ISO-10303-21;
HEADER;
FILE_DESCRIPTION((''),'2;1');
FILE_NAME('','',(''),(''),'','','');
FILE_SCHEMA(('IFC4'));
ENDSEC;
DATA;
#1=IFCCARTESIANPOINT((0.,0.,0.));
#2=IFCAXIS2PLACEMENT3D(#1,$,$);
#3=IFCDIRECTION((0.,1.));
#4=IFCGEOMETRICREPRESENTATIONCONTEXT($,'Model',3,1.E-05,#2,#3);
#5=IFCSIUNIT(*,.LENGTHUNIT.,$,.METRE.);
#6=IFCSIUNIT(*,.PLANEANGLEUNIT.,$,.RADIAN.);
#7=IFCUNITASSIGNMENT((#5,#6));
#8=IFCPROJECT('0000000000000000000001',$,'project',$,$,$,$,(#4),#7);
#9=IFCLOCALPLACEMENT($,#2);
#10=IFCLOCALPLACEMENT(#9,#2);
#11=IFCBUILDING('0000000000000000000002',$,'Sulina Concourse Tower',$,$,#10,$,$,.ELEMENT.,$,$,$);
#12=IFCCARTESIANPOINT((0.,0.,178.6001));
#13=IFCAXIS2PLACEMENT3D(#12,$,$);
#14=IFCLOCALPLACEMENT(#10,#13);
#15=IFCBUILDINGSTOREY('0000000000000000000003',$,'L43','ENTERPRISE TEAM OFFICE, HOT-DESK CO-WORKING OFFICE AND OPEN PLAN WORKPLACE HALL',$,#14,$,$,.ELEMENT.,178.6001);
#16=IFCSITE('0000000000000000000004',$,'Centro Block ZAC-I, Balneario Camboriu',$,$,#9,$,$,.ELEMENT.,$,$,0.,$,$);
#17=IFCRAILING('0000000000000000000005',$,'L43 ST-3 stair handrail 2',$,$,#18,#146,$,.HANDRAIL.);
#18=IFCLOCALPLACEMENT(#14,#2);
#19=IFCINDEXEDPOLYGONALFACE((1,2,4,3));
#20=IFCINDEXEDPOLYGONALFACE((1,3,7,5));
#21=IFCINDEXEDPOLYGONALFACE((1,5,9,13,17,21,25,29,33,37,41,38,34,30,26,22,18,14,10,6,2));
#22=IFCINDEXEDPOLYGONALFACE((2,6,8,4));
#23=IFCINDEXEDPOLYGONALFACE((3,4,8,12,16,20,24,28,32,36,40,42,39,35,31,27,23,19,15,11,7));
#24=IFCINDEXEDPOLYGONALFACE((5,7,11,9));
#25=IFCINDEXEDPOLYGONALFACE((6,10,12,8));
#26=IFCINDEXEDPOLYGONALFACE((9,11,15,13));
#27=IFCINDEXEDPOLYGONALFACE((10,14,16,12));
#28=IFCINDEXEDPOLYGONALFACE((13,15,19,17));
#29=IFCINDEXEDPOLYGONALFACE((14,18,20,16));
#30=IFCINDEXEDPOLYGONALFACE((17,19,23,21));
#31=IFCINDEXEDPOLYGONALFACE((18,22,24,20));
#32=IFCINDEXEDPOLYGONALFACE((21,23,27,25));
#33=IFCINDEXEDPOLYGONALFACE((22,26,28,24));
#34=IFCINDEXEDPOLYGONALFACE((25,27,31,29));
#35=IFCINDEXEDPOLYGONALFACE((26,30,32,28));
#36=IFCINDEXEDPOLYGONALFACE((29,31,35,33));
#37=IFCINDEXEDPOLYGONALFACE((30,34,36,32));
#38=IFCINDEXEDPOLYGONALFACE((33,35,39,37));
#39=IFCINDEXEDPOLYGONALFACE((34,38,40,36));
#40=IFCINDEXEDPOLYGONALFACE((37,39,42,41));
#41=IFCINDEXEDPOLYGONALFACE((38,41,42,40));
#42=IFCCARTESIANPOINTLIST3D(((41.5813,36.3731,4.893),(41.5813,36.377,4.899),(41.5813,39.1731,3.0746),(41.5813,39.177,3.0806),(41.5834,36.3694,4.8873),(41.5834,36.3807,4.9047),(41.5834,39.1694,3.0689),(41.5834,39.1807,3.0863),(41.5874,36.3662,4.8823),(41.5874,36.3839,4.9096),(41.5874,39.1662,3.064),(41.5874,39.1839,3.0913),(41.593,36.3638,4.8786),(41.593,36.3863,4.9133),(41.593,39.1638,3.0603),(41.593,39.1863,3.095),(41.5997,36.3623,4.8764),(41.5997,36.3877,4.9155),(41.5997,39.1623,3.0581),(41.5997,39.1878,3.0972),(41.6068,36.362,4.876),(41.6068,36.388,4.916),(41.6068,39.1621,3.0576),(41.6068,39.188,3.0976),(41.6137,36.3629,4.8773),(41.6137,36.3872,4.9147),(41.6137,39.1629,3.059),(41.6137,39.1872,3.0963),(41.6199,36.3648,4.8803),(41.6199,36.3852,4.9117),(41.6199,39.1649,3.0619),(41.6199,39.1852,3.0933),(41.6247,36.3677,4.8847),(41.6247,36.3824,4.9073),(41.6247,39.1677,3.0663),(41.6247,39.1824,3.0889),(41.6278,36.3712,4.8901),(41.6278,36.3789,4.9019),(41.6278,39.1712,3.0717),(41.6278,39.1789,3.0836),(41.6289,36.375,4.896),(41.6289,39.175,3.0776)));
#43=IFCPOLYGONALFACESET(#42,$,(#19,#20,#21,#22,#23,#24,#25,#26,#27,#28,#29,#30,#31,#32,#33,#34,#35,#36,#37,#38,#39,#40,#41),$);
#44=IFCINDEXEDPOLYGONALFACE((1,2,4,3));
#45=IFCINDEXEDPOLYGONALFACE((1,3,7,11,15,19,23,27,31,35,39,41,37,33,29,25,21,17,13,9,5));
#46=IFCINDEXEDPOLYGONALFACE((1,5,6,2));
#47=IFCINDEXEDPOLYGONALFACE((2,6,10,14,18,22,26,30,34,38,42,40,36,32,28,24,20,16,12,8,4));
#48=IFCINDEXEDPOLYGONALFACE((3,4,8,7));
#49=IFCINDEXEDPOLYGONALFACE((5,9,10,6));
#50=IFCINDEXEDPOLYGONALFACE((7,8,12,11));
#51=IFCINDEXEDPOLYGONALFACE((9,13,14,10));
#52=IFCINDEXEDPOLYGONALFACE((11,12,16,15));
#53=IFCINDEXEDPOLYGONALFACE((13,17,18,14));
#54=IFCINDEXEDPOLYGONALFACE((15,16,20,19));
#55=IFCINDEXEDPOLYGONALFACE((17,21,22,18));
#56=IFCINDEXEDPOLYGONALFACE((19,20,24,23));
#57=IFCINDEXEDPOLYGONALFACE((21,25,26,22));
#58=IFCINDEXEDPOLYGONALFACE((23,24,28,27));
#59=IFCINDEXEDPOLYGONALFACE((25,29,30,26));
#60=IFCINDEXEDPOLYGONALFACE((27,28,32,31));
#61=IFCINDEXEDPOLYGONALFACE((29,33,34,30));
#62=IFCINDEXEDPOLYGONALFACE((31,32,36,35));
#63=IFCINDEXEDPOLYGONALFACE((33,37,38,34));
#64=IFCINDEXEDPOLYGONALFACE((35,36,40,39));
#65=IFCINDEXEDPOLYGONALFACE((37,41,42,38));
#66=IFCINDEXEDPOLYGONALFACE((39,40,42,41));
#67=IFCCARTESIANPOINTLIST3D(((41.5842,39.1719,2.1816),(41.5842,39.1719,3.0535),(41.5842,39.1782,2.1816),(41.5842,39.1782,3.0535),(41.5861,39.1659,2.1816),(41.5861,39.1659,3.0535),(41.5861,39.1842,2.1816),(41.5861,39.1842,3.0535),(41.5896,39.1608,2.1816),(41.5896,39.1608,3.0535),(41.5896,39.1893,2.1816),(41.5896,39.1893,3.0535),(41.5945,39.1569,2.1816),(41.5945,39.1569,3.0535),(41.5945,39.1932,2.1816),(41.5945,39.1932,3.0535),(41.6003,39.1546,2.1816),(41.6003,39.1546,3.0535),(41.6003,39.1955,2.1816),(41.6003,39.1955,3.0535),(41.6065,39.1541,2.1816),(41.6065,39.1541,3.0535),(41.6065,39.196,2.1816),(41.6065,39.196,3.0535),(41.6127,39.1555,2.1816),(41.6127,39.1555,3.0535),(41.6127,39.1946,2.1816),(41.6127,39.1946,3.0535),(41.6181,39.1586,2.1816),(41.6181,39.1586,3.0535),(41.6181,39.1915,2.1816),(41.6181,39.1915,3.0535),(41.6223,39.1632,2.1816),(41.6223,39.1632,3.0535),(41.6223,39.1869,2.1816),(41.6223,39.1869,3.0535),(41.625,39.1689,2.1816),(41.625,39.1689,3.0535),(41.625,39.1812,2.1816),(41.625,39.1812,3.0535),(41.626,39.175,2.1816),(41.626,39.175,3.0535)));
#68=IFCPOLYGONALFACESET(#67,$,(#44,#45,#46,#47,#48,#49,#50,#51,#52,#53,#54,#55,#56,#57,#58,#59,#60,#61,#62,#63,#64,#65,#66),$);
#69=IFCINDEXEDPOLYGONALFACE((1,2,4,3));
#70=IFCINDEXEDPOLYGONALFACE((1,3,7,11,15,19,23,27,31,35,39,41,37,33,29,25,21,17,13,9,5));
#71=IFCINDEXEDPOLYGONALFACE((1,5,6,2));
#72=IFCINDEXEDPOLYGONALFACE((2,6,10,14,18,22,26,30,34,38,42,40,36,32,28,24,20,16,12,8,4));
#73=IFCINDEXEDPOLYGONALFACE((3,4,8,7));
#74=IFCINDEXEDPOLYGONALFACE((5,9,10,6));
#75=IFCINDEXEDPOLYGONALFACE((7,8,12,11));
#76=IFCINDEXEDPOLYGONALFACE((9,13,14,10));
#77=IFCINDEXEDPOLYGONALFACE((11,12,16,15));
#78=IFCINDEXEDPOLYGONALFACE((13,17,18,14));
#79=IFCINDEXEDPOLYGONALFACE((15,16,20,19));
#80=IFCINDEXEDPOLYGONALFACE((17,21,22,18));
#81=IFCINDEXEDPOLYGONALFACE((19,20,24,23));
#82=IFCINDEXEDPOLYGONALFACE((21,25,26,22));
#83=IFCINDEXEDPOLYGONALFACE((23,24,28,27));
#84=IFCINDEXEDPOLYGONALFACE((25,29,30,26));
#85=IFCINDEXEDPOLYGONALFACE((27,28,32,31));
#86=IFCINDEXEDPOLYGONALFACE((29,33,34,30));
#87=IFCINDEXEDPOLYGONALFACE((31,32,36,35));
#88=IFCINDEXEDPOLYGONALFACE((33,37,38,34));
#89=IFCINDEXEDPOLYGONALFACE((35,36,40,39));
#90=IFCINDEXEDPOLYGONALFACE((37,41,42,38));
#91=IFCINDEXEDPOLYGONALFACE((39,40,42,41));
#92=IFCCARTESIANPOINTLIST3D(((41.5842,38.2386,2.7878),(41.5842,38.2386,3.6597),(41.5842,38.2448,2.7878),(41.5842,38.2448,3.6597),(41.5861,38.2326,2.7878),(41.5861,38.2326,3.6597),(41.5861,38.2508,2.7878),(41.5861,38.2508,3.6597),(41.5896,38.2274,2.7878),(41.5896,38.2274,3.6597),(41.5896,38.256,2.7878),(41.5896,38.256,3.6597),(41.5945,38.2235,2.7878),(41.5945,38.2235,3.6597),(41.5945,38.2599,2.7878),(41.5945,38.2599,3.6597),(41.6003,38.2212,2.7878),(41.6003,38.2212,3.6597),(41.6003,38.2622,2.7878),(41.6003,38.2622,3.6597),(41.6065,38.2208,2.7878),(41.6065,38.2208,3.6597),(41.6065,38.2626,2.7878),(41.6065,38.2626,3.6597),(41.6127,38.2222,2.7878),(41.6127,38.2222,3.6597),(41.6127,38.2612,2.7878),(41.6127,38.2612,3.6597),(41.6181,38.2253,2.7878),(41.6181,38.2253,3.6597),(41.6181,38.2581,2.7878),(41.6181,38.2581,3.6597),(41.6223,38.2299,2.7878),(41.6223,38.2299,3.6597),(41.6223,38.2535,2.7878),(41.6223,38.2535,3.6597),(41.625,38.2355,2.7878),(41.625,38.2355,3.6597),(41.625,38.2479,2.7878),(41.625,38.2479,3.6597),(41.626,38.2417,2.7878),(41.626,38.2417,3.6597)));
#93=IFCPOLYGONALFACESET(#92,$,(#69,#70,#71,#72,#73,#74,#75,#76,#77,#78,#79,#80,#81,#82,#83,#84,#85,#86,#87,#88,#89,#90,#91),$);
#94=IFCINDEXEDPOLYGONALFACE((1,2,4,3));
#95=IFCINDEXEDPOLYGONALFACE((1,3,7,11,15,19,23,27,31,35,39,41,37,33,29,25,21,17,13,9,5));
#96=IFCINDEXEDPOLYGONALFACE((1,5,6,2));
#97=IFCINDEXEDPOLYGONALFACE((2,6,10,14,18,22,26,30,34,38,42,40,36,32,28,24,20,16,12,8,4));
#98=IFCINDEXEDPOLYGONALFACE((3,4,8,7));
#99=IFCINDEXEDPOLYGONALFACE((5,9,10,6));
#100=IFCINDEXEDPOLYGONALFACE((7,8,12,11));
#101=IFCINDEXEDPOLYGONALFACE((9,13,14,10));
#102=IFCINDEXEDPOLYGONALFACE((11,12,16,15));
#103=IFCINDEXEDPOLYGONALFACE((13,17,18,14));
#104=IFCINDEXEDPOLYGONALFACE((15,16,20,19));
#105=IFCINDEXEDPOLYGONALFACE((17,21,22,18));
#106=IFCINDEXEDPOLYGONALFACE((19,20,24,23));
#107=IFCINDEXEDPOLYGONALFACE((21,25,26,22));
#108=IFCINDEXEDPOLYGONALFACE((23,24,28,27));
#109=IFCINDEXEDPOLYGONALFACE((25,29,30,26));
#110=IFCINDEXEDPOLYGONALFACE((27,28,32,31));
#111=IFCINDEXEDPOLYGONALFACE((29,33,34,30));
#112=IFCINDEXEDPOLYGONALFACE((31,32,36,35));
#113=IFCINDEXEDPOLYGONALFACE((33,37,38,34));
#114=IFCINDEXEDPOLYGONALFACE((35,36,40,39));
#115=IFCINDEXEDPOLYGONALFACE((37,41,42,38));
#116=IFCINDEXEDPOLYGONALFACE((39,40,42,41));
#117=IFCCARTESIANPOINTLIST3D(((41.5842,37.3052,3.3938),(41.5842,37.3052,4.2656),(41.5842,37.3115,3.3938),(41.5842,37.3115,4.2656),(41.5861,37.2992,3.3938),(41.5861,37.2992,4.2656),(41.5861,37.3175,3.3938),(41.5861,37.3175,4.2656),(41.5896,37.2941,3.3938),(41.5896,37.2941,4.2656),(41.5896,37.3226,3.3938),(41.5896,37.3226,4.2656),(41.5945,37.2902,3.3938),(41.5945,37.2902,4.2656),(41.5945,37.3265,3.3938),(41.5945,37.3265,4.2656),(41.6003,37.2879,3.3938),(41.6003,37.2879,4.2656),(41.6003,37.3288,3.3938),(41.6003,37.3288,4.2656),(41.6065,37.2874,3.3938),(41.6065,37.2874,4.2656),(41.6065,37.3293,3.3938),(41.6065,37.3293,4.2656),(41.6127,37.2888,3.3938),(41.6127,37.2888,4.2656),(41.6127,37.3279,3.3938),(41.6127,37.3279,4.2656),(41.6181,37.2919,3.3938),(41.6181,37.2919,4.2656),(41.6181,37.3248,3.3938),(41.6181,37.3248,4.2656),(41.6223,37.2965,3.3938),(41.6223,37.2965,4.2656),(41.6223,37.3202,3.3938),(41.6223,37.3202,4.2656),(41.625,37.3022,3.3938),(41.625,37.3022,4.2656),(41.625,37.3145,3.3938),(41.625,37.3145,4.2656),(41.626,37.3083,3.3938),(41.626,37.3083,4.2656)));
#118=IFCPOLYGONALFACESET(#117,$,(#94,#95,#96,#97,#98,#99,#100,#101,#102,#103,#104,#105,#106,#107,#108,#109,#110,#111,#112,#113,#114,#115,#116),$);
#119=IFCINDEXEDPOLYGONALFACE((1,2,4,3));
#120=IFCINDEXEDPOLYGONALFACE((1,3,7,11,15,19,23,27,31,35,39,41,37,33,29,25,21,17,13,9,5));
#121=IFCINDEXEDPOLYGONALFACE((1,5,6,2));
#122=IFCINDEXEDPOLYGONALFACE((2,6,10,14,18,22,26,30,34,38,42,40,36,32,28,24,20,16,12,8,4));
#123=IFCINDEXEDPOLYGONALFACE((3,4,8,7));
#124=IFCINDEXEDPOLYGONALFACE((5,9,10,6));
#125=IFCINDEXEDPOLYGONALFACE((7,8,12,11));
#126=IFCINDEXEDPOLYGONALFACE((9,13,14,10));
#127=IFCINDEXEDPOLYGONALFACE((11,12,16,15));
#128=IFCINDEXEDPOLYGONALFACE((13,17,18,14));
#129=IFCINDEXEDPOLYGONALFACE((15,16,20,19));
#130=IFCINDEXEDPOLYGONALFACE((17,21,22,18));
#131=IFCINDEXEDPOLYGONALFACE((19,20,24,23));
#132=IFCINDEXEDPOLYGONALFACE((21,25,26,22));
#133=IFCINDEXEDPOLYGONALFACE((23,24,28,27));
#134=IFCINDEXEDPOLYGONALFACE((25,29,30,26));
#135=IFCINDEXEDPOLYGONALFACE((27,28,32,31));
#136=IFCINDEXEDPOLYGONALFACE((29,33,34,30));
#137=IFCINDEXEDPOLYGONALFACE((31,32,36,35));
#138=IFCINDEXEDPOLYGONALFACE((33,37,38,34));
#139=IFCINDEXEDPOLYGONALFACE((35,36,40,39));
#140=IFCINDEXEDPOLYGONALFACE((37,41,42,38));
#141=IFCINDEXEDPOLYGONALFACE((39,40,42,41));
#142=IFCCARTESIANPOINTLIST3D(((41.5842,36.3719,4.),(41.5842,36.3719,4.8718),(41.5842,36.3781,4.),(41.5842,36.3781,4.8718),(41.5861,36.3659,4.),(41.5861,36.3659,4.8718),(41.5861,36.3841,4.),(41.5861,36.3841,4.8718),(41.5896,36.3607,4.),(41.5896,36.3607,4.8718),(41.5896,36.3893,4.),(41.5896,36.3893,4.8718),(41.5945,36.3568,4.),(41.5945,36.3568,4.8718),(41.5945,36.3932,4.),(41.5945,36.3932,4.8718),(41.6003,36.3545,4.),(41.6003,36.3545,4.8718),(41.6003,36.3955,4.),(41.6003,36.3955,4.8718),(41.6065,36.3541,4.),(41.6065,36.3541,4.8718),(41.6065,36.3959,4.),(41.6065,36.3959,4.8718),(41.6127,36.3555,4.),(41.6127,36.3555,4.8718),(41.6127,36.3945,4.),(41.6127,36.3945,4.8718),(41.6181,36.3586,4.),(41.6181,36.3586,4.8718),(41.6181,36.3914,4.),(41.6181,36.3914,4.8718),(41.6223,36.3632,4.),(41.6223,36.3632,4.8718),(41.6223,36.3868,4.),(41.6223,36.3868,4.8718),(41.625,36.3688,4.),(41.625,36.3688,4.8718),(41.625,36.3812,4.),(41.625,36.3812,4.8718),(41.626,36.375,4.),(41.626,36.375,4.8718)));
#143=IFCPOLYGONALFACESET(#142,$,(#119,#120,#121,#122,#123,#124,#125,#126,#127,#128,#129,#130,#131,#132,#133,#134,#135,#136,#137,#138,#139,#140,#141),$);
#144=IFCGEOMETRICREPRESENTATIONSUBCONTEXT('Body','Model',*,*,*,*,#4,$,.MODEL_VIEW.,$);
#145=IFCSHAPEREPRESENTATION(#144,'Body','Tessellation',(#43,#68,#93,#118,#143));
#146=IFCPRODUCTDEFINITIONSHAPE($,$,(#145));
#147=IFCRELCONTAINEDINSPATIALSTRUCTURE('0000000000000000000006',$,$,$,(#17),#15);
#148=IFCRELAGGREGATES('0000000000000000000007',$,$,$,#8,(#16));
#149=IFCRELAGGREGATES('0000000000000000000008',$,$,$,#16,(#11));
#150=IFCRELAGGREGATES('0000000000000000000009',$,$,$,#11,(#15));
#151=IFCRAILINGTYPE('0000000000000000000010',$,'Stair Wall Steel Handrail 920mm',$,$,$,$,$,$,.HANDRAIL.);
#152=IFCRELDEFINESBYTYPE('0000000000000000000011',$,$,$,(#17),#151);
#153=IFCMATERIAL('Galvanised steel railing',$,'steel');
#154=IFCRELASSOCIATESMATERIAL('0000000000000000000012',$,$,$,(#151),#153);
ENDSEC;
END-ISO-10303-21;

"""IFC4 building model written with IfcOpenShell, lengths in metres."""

from ifc_helpers import new_model, si_unit, direction, frame, origin, origin_2d, place, context, subcontext, project, spatial, circle, extrude, material, type_object, element, save


model = new_model("IFC4")

# Units and contexts
model_context = context("Model", 3, precision=1e-05, world=origin(), true_north=direction((0.0, 1.0)))
body_context = subcontext(model_context, "Body", "Model", "MODEL_VIEW")
ifc_project = project(units=[si_unit("LENGTHUNIT", "METRE"), si_unit("PLANEANGLEUNIT", "RADIAN")], contexts=[model_context])

# Site, building, storey
site_placement = place(None, origin())
site = spatial("IfcSite", under=ifc_project, at=site_placement, Name="Centro Block ZAC-I, Balneario Camboriu", CompositionType="ELEMENT", RefElevation=0.0)
building_placement = place(site_placement, origin())
building = spatial("IfcBuilding", under=site, at=building_placement, Name="Sulina Concourse Tower", CompositionType="ELEMENT")
storey_placement = place(building_placement, frame((0.0, 0.0, 178.6001)))
storey = spatial("IfcBuildingStorey", under=building, at=storey_placement, Name="L43", Description="ENTERPRISE TEAM OFFICE, HOT-DESK CO-WORKING OFFICE AND OPEN PLAN WORKPLACE HALL", CompositionType="ELEMENT", Elevation=178.6001)

# Railing
ifc_material_1 = material(Name="Galvanised steel railing", Category="steel")
railing_type_1 = type_object("IfcRailingType", Name="Stair Wall Steel Handrail 920mm", PredefinedType="HANDRAIL", material=ifc_material_1)
railing_1_placement = place(storey_placement, frame((41.605, 39.175, 2.1816)))
element("IfcRailing", 1, at=railing_1_placement, inside=storey, type_object=railing_type_1, Name="L43 ST-3 stair handrail 2", PredefinedType="HANDRAIL", context=body_context, shape_type="SweptSolid", body=[
    extrude(circle(Radius=0.0239, at=origin_2d()), frame((0.0, 0.0, 0.896), z_axis=(0.0, -0.838672, 0.544636), x_axis=(1.0, 0.0, 0.0)), (0.0, 0.0, 1.0), 3.3386),
    extrude(circle(Radius=0.021, at=origin_2d()), origin(), (0.0, 0.0, 1.0), 0.8718),
    extrude(circle(Radius=0.021, at=origin_2d()), frame((0.0, -0.9333, 0.6062)), (0.0, 0.0, 1.0), 0.8718),
    extrude(circle(Radius=0.021, at=origin_2d()), frame((0.0, -1.8667, 1.2122)), (0.0, 0.0, 1.0), 0.8718),
    extrude(circle(Radius=0.021, at=origin_2d()), frame((0.0, -2.8, 1.8184)), (0.0, 0.0, 1.0), 0.8718),
])

save(model, "model.ifc")
